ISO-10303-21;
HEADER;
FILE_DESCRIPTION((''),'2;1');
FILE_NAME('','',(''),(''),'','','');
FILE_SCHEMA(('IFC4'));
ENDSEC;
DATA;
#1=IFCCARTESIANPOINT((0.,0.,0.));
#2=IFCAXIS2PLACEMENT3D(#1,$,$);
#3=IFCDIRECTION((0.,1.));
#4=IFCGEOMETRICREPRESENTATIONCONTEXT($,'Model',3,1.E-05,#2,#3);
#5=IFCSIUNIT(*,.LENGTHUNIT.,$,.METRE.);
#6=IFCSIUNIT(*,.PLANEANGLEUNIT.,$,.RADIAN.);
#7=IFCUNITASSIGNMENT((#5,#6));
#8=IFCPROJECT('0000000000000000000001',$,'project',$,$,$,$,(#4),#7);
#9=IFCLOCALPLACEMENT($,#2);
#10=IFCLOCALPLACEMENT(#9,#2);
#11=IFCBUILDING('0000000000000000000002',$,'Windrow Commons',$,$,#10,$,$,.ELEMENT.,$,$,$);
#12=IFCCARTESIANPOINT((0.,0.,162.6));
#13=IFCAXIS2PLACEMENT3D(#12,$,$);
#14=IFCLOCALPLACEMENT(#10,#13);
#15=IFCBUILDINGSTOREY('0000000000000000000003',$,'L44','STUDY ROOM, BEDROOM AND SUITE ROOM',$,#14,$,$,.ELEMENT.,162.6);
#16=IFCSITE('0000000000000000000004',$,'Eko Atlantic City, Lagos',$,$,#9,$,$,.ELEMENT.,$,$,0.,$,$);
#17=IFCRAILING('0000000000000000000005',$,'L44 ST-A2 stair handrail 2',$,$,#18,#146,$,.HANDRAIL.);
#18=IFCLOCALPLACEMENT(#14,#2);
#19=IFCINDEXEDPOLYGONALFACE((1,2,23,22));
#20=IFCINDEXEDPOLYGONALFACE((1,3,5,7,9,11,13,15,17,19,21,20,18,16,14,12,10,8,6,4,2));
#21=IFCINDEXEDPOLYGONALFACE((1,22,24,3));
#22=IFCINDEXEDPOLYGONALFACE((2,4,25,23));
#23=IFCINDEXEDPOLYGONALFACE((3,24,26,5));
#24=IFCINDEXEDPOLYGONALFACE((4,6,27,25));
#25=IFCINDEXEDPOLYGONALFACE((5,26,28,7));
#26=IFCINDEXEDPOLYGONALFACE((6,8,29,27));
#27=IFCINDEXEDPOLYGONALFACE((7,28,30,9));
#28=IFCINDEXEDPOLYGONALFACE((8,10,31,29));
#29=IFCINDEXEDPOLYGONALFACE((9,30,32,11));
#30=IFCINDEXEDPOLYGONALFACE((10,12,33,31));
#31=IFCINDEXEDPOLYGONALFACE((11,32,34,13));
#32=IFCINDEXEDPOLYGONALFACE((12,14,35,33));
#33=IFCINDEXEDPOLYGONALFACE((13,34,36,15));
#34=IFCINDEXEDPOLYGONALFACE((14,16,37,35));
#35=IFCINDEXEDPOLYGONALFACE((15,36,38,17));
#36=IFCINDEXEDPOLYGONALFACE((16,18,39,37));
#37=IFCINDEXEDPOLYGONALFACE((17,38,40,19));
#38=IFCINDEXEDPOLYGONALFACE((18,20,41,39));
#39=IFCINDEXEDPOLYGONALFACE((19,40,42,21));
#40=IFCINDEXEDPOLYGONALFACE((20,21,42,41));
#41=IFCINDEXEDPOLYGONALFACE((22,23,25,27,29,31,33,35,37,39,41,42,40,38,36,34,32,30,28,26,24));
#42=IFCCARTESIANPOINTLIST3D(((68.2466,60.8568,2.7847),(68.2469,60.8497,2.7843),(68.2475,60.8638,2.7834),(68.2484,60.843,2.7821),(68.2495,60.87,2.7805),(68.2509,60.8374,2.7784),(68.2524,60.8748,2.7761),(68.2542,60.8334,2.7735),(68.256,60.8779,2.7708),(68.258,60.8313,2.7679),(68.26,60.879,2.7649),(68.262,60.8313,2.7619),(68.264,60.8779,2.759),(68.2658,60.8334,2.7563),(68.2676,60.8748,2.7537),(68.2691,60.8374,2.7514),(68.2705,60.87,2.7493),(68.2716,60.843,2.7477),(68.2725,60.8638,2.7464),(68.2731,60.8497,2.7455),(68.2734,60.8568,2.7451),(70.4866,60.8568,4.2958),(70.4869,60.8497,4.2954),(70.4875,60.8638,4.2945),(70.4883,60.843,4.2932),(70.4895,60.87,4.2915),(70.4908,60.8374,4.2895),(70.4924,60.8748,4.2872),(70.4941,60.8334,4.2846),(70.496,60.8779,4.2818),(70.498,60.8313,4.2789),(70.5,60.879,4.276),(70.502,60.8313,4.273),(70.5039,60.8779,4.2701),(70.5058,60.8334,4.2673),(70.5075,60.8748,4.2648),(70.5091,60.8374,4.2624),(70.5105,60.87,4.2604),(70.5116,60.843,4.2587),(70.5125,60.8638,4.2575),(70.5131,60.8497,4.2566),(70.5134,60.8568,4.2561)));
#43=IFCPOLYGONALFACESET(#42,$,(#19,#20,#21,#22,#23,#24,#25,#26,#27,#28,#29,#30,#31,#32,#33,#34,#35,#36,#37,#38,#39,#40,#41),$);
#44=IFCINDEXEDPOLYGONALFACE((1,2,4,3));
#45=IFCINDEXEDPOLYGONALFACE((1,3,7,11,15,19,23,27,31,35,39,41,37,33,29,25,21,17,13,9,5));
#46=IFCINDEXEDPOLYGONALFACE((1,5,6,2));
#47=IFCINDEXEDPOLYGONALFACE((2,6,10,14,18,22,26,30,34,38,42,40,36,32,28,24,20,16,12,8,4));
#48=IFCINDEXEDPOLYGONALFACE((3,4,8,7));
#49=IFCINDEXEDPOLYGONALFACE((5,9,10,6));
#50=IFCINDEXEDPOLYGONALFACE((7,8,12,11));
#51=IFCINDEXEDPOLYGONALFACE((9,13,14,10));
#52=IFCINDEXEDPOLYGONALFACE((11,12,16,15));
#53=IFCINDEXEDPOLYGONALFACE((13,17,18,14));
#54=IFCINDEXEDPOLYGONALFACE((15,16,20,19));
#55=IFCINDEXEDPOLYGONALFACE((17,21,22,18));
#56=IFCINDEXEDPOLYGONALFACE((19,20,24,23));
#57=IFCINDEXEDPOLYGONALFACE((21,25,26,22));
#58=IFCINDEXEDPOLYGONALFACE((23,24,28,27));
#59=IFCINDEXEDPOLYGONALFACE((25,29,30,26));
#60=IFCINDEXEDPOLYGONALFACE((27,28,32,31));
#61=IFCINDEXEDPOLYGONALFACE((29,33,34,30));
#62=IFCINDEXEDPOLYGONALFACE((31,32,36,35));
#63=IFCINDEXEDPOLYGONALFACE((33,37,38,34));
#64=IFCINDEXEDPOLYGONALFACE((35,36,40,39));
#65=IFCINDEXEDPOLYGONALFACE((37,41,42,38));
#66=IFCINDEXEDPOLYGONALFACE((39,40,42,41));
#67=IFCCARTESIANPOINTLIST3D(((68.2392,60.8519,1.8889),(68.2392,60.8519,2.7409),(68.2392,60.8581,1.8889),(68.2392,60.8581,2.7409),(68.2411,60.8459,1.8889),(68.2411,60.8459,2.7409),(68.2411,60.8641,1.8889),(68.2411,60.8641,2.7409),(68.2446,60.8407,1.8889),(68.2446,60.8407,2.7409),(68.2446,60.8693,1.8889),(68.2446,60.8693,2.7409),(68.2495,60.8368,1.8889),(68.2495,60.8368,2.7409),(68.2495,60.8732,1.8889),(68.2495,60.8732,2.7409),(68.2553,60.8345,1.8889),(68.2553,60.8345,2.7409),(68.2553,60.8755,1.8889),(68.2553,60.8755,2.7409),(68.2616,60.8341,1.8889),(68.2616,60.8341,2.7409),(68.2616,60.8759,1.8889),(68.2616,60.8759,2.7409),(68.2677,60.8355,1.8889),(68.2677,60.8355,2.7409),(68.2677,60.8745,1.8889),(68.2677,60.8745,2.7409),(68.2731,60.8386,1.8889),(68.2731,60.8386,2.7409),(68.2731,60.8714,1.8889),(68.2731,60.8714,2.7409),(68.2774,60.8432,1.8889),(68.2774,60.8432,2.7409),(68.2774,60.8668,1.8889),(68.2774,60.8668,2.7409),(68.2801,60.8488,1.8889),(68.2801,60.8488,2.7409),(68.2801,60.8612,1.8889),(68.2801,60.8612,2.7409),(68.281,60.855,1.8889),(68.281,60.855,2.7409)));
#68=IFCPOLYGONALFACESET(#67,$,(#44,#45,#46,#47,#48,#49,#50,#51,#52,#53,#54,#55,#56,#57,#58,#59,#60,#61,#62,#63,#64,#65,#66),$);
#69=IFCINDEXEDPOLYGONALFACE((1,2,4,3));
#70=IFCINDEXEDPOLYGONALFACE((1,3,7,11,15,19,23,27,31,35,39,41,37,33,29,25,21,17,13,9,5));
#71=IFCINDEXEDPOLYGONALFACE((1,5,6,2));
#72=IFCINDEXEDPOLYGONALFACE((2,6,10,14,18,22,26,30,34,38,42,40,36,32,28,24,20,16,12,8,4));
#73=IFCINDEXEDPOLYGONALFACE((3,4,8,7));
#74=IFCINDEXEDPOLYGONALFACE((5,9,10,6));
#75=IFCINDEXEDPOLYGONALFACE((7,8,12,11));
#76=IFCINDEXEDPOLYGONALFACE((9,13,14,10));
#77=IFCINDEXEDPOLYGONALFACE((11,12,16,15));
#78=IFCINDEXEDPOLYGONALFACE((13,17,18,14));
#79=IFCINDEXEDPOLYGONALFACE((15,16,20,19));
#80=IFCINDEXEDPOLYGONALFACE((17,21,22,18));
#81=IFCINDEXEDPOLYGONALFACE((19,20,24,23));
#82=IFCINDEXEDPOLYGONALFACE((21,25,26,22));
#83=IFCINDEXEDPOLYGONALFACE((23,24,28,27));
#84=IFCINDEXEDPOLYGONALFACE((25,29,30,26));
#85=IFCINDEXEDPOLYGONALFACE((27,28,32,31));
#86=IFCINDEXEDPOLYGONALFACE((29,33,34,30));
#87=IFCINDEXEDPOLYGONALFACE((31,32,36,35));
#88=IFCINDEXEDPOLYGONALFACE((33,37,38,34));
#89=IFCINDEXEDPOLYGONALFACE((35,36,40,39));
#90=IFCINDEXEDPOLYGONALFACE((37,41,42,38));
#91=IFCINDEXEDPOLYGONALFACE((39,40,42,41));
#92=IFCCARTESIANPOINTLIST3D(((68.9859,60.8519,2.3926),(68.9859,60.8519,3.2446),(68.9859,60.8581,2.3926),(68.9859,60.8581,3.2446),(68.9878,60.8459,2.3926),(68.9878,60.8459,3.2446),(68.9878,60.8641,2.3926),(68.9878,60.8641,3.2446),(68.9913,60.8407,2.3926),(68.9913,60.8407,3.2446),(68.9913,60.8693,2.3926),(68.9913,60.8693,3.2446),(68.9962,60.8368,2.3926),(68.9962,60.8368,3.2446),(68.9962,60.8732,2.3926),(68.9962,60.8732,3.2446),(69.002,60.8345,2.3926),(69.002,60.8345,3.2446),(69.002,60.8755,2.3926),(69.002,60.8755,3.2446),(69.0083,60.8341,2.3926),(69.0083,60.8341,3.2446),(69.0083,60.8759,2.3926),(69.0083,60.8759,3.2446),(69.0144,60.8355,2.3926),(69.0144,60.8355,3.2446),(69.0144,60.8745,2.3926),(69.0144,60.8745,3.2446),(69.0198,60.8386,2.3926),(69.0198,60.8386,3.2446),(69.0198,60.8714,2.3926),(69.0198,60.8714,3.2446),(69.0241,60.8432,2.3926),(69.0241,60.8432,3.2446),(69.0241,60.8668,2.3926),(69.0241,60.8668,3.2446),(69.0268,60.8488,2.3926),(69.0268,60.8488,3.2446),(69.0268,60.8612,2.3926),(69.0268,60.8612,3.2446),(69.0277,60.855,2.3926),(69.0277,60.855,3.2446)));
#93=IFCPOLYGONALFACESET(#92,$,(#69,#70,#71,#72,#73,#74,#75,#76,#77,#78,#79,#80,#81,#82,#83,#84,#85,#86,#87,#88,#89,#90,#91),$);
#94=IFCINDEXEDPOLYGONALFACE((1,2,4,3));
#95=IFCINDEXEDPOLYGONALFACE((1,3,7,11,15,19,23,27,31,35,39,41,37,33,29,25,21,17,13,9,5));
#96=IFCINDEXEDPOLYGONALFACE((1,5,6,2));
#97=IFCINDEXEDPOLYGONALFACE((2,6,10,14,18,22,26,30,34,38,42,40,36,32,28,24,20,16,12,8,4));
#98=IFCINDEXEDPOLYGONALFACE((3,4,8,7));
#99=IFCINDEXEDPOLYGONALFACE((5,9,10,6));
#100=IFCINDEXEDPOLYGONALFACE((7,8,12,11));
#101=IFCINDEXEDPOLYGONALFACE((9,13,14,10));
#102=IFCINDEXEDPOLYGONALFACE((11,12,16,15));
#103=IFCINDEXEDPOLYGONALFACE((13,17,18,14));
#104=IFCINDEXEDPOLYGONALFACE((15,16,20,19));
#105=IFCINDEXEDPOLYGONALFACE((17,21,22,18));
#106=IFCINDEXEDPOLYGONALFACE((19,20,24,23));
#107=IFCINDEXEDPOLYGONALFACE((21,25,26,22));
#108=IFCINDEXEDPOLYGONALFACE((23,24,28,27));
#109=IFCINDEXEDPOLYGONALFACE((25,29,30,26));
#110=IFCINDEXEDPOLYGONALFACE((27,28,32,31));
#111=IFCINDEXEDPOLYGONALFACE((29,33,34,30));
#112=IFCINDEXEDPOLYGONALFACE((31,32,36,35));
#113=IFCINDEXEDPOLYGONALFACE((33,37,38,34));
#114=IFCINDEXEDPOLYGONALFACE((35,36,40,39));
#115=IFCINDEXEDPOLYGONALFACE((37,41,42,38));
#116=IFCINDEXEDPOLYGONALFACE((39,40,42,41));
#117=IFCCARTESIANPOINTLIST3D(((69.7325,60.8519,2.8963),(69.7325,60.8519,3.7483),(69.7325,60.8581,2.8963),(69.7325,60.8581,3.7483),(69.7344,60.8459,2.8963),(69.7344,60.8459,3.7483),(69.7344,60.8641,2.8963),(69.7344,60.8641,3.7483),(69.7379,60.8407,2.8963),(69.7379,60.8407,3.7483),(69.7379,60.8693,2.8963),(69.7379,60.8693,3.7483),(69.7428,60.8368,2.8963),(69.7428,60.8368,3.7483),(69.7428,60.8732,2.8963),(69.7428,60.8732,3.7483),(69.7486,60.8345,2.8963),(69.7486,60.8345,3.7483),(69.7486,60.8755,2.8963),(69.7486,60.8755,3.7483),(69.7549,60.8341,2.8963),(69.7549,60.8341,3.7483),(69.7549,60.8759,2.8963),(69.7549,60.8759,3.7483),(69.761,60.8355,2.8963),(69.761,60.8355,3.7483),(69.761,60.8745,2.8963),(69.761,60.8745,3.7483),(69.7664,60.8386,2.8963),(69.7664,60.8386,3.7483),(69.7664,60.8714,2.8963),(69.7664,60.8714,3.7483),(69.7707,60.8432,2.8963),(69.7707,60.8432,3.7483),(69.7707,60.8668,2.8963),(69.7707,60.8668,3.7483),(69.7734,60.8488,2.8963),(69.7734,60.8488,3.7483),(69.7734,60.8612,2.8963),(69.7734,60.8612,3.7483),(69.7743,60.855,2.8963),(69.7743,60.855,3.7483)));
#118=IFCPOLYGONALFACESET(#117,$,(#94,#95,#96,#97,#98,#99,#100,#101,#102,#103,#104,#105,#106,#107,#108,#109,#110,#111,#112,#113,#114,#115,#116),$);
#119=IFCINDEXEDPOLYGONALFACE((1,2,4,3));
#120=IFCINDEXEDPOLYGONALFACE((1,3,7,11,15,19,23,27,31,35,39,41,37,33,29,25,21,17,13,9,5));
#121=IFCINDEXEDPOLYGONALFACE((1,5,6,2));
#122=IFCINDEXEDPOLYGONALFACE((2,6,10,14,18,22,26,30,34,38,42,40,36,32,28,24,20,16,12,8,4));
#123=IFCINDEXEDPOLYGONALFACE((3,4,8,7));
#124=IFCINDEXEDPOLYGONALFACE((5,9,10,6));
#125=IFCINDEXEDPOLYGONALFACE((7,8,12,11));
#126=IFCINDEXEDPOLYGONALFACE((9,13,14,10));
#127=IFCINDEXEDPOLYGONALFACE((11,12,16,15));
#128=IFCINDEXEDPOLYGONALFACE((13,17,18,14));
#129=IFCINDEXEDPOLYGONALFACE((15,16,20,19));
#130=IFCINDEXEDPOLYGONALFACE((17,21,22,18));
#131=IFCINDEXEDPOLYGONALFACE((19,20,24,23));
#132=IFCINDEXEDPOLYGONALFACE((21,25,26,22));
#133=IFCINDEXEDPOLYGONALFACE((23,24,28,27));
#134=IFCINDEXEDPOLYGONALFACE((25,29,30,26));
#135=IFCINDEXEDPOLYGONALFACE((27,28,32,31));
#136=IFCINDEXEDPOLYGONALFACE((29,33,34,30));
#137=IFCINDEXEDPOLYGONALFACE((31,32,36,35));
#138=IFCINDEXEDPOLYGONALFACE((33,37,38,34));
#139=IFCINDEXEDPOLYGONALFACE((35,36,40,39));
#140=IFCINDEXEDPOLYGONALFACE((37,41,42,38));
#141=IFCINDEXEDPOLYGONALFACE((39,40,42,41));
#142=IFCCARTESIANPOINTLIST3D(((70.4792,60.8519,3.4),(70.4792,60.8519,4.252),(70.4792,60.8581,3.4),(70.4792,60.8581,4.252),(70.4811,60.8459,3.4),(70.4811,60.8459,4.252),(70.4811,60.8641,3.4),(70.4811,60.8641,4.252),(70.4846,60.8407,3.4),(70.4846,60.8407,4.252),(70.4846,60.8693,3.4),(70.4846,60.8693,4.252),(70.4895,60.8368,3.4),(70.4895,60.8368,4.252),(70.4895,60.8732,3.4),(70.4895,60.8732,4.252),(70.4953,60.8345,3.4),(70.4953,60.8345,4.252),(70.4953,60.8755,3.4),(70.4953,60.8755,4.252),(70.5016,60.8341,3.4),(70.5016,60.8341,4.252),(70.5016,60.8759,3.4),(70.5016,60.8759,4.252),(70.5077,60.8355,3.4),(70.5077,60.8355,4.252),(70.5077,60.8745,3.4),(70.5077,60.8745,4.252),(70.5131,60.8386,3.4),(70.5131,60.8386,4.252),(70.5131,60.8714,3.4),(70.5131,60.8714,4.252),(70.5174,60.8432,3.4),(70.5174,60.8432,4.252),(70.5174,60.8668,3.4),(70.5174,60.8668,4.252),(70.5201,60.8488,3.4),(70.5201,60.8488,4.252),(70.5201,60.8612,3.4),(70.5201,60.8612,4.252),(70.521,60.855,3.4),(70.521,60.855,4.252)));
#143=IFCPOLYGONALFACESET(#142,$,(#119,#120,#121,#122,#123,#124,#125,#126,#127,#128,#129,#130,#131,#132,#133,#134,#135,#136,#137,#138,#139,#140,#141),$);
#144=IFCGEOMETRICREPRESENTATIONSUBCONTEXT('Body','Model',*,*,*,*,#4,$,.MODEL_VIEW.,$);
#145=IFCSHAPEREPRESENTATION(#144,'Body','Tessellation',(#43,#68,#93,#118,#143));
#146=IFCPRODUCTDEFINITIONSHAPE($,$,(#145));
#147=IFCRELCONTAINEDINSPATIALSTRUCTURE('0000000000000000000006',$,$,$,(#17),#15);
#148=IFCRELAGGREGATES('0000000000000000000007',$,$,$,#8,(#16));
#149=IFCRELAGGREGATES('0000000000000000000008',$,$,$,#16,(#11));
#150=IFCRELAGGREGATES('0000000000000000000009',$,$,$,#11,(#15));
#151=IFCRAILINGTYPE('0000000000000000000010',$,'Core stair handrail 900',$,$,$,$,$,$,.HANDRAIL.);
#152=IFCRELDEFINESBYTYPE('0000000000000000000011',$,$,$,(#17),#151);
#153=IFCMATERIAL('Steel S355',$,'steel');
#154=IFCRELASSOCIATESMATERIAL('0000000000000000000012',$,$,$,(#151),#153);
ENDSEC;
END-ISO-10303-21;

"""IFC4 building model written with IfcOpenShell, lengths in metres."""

from ifc_helpers import new_model, si_unit, direction, frame, origin, origin_2d, place, context, subcontext, project, spatial, circle, extrude, material, type_object, element, save


model = new_model("IFC4")

# Units and contexts
model_context = context("Model", 3, precision=1e-05, world=origin(), true_north=direction((0.0, 1.0)))
body_context = subcontext(model_context, "Body", "Model", "MODEL_VIEW")
ifc_project = project(units=[si_unit("LENGTHUNIT", "METRE"), si_unit("PLANEANGLEUNIT", "RADIAN")], contexts=[model_context])

# Site, building, storey
site_placement = place(None, origin())
site = spatial("IfcSite", under=ifc_project, at=site_placement, Name="Eko Atlantic City, Lagos", CompositionType="ELEMENT", RefElevation=0.0)
building_placement = place(site_placement, origin())
building = spatial("IfcBuilding", under=site, at=building_placement, Name="Windrow Commons", CompositionType="ELEMENT")
storey_placement = place(building_placement, frame((0.0, 0.0, 162.6)))
storey = spatial("IfcBuildingStorey", under=building, at=storey_placement, Name="L44", Description="STUDY ROOM, BEDROOM AND SUITE ROOM", CompositionType="ELEMENT", Elevation=162.6)

# Railing
ifc_material_1 = material(Name="Steel S355", Category="steel")
railing_type_1 = type_object("IfcRailingType", Name="Core stair handrail 900", PredefinedType="HANDRAIL", material=ifc_material_1)
railing_1_placement = place(storey_placement, frame((68.26, 60.855, 1.8889)))
element("IfcRailing", 1, at=railing_1_placement, inside=storey, type_object=railing_type_1, Name="L44 ST-A2 stair handrail 2", PredefinedType="HANDRAIL", context=body_context, shape_type="SweptSolid", body=[
    extrude(circle(Radius=0.024, at=origin_2d()), frame((0.0, 0.0, 0.876), z_axis=(0.829003, 0.0, 0.559244), x_axis=(0.0, 1.0, 0.0)), (0.0, 0.0, 1.0), 2.702),
    extrude(circle(Radius=0.021, at=origin_2d()), origin(), (0.0, 0.0, 1.0), 0.852),
    extrude(circle(Radius=0.021, at=origin_2d()), frame((0.7467, 0.0, 0.5037)), (0.0, 0.0, 1.0), 0.852),
    extrude(circle(Radius=0.021, at=origin_2d()), frame((1.4933, 0.0, 1.0074)), (0.0, 0.0, 1.0), 0.852),
    extrude(circle(Radius=0.021, at=origin_2d()), frame((2.24, 0.0, 1.5111)), (0.0, 0.0, 1.0), 0.852),
])

save(model, "model.ifc")
